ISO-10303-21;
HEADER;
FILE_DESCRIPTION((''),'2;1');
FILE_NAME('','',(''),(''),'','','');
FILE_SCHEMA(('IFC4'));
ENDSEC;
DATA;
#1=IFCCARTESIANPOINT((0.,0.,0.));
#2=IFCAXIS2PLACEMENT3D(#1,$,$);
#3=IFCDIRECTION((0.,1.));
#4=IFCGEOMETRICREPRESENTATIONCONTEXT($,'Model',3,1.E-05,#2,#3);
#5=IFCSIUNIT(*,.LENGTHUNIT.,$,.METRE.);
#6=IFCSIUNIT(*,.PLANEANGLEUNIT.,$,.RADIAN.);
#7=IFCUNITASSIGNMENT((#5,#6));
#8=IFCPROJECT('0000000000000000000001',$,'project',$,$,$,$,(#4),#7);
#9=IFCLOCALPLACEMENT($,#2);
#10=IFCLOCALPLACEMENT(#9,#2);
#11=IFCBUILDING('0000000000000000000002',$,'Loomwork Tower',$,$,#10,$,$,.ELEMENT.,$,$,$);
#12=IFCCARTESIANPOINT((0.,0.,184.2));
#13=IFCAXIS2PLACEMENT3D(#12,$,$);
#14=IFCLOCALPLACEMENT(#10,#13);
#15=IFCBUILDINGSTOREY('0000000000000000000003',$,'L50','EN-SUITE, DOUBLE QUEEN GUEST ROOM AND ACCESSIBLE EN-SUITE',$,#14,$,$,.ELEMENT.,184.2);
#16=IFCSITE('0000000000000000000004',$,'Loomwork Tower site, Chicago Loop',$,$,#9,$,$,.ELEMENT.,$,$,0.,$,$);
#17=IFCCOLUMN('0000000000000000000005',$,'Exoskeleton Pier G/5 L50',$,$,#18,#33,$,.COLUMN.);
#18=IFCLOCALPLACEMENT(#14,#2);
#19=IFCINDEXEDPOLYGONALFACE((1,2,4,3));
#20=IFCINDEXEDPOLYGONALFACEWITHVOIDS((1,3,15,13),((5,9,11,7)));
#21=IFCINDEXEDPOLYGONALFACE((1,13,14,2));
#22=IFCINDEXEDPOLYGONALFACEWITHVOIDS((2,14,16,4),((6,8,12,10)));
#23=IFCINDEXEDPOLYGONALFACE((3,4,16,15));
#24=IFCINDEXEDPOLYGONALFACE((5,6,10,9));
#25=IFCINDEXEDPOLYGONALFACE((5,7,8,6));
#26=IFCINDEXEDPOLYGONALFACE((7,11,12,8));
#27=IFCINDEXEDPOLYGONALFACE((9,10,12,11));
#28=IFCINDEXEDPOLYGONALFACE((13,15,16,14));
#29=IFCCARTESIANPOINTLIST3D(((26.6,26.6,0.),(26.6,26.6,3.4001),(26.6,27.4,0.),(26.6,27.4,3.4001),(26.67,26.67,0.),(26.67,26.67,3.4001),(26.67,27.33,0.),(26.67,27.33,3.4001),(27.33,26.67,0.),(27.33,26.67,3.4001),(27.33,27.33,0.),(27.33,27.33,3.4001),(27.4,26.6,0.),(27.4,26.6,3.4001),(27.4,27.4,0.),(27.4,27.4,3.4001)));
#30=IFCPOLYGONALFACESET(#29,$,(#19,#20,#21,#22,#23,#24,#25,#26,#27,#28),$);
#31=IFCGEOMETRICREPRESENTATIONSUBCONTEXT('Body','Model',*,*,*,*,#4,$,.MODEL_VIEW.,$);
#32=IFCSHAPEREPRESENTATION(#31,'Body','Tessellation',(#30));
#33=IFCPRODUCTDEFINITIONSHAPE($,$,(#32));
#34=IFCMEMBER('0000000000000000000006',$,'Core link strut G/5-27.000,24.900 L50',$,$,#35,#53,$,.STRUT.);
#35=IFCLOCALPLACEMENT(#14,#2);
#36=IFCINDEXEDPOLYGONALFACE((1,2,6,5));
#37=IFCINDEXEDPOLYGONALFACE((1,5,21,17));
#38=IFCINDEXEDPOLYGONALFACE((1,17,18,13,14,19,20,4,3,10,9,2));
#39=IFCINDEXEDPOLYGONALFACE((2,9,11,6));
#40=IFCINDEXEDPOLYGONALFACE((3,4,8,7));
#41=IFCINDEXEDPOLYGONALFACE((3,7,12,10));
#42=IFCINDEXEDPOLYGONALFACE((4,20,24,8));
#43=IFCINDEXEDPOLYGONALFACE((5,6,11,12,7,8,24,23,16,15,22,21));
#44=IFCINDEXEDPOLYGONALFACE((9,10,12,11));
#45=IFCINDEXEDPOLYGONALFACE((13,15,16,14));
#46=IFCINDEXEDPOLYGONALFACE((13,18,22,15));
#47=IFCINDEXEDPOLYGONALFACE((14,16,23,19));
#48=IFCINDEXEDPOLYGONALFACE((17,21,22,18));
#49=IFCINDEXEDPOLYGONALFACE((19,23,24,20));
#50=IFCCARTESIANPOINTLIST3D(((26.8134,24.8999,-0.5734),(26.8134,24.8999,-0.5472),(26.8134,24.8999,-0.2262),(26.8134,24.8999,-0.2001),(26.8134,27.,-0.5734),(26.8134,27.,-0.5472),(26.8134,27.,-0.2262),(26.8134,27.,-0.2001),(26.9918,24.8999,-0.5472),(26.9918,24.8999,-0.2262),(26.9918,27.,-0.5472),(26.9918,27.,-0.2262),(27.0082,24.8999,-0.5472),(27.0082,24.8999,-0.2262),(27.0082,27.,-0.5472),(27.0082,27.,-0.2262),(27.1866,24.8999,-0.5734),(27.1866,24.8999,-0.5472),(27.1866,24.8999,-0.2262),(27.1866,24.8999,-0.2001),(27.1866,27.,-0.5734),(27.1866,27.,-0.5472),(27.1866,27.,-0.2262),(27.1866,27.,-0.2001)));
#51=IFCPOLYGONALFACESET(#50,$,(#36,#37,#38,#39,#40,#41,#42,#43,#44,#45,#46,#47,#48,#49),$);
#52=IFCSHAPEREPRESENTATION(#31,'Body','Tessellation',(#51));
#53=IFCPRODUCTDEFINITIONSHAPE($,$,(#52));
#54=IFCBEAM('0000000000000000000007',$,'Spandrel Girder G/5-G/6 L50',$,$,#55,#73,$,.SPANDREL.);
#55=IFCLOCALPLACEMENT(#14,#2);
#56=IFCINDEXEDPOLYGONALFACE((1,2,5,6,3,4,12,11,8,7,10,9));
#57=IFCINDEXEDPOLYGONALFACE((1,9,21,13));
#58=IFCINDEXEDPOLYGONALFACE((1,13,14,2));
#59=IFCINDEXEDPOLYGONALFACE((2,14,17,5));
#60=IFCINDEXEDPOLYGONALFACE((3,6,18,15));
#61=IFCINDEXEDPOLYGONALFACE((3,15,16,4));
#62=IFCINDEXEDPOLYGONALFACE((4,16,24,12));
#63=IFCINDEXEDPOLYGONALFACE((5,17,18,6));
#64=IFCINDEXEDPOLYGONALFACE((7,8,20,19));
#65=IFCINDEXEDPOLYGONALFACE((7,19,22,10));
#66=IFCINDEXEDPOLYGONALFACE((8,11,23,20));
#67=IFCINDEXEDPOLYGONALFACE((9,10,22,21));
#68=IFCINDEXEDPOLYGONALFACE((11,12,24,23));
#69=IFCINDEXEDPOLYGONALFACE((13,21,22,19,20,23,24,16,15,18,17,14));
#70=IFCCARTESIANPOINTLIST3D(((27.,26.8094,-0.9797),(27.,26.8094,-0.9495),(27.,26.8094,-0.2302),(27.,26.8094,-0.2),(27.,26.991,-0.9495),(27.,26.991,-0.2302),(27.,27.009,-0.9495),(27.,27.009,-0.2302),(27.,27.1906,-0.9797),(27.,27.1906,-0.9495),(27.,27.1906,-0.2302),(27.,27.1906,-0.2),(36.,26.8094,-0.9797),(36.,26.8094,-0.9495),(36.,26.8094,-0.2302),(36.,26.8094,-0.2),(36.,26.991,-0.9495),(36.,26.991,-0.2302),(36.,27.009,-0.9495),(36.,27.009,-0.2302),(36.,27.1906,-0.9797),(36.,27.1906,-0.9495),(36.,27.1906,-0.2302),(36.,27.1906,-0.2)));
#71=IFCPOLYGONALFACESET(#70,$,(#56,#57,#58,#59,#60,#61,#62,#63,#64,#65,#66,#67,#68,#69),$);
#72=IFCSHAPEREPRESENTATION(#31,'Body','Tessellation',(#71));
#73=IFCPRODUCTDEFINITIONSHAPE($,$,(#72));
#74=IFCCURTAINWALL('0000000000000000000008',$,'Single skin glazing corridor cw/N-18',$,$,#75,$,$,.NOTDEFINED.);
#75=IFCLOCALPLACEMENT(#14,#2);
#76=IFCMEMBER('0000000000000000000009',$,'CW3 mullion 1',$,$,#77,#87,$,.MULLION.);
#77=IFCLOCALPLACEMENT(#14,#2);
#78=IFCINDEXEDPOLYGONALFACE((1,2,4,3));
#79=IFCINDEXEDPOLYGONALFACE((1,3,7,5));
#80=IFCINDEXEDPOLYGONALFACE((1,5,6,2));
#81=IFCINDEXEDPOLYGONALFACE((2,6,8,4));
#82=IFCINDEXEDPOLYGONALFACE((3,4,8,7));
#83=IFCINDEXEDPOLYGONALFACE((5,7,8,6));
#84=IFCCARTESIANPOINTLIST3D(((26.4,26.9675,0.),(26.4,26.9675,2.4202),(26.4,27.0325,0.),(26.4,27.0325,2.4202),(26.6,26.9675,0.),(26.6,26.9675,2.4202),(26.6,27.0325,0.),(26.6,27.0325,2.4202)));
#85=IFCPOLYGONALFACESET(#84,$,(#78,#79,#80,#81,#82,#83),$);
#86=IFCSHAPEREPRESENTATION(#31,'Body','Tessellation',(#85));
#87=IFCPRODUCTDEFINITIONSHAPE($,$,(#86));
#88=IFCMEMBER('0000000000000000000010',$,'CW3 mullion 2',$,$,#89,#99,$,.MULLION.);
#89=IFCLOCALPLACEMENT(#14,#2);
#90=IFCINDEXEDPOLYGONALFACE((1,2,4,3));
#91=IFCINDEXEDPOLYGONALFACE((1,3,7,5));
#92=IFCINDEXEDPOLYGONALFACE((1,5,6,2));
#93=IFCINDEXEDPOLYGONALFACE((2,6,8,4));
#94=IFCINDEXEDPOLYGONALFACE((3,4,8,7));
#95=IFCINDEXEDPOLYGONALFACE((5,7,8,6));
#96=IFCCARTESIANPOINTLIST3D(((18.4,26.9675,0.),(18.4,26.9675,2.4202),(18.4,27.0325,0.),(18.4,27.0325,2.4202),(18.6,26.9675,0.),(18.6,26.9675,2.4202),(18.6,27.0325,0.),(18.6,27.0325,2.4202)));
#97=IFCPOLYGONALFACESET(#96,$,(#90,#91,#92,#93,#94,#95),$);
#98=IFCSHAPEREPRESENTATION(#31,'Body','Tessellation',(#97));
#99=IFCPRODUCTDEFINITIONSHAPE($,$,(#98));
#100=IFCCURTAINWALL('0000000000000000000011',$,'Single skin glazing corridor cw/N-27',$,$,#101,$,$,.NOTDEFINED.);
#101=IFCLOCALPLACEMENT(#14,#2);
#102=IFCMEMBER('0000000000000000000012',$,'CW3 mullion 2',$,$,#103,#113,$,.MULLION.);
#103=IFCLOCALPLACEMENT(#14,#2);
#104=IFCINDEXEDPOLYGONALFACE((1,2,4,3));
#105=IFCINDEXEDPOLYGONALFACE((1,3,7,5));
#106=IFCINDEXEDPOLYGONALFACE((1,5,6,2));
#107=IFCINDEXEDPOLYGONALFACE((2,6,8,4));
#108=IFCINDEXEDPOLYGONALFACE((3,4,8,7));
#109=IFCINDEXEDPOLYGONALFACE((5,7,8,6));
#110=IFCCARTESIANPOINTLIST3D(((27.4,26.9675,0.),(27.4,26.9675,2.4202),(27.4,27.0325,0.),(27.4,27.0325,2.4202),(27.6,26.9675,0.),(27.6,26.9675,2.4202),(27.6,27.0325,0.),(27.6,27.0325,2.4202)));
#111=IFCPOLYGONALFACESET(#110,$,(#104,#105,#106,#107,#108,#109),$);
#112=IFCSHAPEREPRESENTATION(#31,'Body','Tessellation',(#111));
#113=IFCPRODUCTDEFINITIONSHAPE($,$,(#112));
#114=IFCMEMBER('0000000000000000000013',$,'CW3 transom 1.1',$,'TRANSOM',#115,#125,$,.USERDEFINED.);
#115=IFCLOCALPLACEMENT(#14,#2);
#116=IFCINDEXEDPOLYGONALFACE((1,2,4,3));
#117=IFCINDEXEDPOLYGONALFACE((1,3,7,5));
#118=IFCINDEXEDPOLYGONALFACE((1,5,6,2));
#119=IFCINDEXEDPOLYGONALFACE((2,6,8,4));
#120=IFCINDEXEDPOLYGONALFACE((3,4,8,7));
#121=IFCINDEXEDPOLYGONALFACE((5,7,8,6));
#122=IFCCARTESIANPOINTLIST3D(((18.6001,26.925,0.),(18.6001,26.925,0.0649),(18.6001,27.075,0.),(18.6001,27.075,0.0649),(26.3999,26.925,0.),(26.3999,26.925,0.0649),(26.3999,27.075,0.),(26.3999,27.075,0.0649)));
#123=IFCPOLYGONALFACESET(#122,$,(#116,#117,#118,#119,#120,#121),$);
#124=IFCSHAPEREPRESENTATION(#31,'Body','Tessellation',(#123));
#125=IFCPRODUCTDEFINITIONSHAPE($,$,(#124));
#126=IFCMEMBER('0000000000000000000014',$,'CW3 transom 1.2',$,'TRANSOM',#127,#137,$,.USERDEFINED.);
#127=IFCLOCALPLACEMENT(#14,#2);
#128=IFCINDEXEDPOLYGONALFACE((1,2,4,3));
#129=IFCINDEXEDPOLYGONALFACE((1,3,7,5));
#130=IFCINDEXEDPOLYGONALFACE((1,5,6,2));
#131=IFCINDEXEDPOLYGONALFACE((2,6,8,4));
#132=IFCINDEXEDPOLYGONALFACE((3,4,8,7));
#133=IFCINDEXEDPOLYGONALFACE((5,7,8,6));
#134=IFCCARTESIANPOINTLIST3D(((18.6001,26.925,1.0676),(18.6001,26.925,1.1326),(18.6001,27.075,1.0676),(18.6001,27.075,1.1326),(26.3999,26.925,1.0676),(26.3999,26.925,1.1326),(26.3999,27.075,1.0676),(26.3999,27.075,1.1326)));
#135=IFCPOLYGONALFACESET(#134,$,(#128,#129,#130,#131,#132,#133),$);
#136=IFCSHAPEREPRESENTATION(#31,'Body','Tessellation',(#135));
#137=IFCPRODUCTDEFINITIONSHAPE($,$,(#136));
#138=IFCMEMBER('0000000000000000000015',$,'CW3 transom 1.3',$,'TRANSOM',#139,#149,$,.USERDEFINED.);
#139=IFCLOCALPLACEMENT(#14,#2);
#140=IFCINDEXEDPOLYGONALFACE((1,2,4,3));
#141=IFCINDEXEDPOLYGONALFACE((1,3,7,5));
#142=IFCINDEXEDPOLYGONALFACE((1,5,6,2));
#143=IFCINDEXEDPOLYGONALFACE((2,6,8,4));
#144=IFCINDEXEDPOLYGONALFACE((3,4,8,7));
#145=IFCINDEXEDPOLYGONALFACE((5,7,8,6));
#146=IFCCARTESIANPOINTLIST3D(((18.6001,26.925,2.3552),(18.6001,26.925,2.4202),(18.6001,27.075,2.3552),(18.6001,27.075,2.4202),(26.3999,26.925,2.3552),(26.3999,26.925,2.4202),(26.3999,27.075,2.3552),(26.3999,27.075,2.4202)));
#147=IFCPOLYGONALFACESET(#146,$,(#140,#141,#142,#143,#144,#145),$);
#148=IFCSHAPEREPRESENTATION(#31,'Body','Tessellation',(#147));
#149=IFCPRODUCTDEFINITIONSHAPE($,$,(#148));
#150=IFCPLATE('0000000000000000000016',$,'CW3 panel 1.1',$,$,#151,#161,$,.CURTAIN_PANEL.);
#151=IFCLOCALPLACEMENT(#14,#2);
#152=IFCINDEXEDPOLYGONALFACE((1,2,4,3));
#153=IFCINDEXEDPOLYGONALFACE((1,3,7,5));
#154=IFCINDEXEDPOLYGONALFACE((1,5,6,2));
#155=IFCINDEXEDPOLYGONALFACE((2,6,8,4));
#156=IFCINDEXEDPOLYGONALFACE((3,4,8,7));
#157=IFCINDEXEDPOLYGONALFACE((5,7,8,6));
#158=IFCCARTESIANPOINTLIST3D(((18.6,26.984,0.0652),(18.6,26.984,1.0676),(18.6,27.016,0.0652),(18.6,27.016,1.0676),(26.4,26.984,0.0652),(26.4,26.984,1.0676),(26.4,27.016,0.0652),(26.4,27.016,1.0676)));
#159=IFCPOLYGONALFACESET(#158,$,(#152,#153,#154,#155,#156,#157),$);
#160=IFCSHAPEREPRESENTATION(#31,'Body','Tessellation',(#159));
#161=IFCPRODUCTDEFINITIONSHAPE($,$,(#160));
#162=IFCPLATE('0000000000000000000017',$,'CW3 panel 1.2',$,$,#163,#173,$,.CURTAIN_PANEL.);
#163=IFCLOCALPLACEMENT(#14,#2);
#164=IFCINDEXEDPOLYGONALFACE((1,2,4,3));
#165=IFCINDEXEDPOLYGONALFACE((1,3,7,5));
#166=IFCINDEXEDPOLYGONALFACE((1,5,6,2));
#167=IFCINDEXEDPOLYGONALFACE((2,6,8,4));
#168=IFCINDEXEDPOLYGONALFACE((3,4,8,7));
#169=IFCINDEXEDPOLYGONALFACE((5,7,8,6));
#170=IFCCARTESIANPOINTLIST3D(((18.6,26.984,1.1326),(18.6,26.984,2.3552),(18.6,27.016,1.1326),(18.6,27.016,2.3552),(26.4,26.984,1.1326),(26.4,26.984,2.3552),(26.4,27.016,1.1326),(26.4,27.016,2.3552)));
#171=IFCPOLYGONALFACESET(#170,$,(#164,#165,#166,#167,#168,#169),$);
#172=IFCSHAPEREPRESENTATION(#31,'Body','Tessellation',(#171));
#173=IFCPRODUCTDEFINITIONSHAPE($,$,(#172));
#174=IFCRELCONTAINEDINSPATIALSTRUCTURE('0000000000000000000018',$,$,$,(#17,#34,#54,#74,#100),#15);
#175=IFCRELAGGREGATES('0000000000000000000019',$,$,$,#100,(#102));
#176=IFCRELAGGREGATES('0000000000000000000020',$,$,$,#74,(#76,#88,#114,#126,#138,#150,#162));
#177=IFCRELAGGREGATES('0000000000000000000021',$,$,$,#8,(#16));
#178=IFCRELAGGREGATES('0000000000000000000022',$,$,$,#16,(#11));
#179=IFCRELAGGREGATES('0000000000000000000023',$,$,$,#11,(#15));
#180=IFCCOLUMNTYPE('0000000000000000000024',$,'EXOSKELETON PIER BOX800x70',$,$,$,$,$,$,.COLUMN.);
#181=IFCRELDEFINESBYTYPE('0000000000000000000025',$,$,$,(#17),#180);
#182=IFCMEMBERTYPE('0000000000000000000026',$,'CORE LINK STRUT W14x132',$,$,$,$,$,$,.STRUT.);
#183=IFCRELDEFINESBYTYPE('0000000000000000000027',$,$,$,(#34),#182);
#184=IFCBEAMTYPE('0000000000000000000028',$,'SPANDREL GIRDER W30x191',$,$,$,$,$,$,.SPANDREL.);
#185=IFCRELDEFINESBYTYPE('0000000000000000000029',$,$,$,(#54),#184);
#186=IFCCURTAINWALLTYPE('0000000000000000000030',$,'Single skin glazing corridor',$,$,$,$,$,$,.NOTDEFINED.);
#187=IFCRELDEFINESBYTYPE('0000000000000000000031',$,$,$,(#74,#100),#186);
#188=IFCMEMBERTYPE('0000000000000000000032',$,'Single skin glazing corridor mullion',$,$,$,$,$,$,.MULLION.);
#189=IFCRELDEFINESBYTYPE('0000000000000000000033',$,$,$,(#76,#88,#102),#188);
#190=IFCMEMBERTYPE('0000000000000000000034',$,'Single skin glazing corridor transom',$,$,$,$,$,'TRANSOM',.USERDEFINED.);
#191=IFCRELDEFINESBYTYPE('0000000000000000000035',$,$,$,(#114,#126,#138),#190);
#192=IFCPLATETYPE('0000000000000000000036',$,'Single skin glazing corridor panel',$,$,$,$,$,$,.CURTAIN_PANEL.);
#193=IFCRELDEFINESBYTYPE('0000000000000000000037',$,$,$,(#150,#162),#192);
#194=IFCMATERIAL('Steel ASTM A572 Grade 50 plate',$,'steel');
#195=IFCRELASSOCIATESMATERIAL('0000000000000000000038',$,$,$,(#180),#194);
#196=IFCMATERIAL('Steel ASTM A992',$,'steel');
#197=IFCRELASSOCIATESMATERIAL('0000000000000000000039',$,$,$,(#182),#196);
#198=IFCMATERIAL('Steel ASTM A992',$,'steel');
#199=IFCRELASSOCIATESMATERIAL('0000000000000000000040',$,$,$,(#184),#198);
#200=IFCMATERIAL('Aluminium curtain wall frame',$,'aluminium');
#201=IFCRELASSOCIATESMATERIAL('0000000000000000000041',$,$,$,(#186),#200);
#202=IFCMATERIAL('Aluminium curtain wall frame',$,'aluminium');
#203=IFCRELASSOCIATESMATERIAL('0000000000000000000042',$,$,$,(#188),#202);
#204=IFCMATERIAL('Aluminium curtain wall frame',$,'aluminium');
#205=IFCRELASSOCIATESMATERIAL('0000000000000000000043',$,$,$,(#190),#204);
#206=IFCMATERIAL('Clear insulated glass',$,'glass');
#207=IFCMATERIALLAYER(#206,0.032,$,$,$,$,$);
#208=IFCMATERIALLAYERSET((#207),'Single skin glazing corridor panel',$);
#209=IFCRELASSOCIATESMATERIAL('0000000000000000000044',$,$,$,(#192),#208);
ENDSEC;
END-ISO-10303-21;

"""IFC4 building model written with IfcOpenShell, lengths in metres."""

from ifc_helpers import new_model, si_unit, direction, frame, origin, origin_2d, place, context, subcontext, project, spatial, rectangle, hollow_rectangle, i_section, extrude, material, layer, layer_set, material_profile, profile_set, type_object, element, aggregate, save


model = new_model("IFC4")

# Units and contexts
model_context = context("Model", 3, precision=1e-05, world=origin(), true_north=direction((0.0, 1.0)))
body_context = subcontext(model_context, "Body", "Model", "MODEL_VIEW")
ifc_project = project(units=[si_unit("LENGTHUNIT", "METRE"), si_unit("PLANEANGLEUNIT", "RADIAN")], contexts=[model_context])

# Site, building, storey
site_placement = place(None, origin())
site = spatial("IfcSite", under=ifc_project, at=site_placement, Name="Loomwork Tower site, Chicago Loop", CompositionType="ELEMENT", RefElevation=0.0)
building_placement = place(site_placement, origin())
building = spatial("IfcBuilding", under=site, at=building_placement, Name="Loomwork Tower", CompositionType="ELEMENT")
storey_placement = place(building_placement, frame((0.0, 0.0, 184.2)))
storey = spatial("IfcBuildingStorey", under=building, at=storey_placement, Name="L50", Description="EN-SUITE, DOUBLE QUEEN GUEST ROOM AND ACCESSIBLE EN-SUITE", CompositionType="ELEMENT", Elevation=184.2)

# Column
ifc_material_1 = material(Name="Steel ASTM A572 Grade 50 plate", Category="steel")
ifc_material_profile_1 = material_profile(ifc_material_1, hollow_rectangle(XDim=0.8, YDim=0.8, WallThickness=0.0701, at=origin_2d()), Name="BOX800x70")
ifc_profile_set_1 = profile_set([ifc_material_profile_1], Name="Steel ASTM A572 Grade 50 plate")
column_type = type_object("IfcColumnType", Name="EXOSKELETON PIER BOX800x70", PredefinedType="COLUMN", material=ifc_profile_set_1)
column_placement = place(storey_placement, frame((27.0, 27.0, 0.0), z_axis=(0.0, 0.0, 1.0), x_axis=(1.0, 0.0, 0.0)))
element("IfcColumn", 1, at=column_placement, inside=storey, type_object=column_type, Name="Exoskeleton Pier G/5 L50", PredefinedType="COLUMN", context=body_context, shape_type="SweptSolid", body=[
    extrude(hollow_rectangle(XDim=0.8, YDim=0.8, WallThickness=0.0701, at=origin_2d()), origin(), (0.0, 0.0, 1.0), 3.4001),
])

# Member
ifc_material_2 = material(Name="Steel ASTM A992", Category="steel")
ifc_material_profile_2 = material_profile(ifc_material_2, i_section(OverallWidth=0.3733, OverallDepth=0.3733, WebThickness=0.0164, FlangeThickness=0.0261, at=origin_2d()), Name="W14x132")
ifc_profile_set_2 = profile_set([ifc_material_profile_2], Name="Steel ASTM A992")
member_type_1 = type_object("IfcMemberType", Name="CORE LINK STRUT W14x132", PredefinedType="STRUT", material=ifc_profile_set_2)
member_1_placement = place(storey_placement, frame((27.0, 27.0, -0.3867), z_axis=(0.0, -1.0, 0.0), x_axis=(1.0, 0.0, 0.0)))
element("IfcMember", 2, at=member_1_placement, inside=storey, type_object=member_type_1, Name="Core link strut G/5-27.000,24.900 L50", PredefinedType="STRUT", context=body_context, shape_type="SweptSolid", body=[
    extrude(i_section(OverallWidth=0.3733, OverallDepth=0.3733, WebThickness=0.0164, FlangeThickness=0.0261, at=origin_2d()), origin(), (0.0, 0.0, 1.0), 2.1001),
])

# Beam
ifc_material_3 = material(Name="Steel ASTM A992", Category="steel")
ifc_material_profile_3 = material_profile(ifc_material_3, i_section(OverallWidth=0.3811, OverallDepth=0.7798, WebThickness=0.0181, FlangeThickness=0.0303, at=origin_2d()), Name="W30x191")
ifc_profile_set_3 = profile_set([ifc_material_profile_3], Name="Steel ASTM A992")
beam_type = type_object("IfcBeamType", Name="SPANDREL GIRDER W30x191", PredefinedType="SPANDREL", material=ifc_profile_set_3)
beam_placement = place(storey_placement, frame((27.0, 27.0, -0.5898), z_axis=(1.0, 0.0, 0.0), x_axis=(0.0, 1.0, 0.0)))
element("IfcBeam", 3, at=beam_placement, inside=storey, type_object=beam_type, Name="Spandrel Girder G/5-G/6 L50", PredefinedType="SPANDREL", context=body_context, shape_type="SweptSolid", body=[
    extrude(i_section(OverallWidth=0.3811, OverallDepth=0.7798, WebThickness=0.0181, FlangeThickness=0.0303, at=origin_2d()), origin(), (0.0, 0.0, 1.0), 9.0),
])

# Curtain wall, members
ifc_material_4 = material(Name="Aluminium curtain wall frame", Category="aluminium")
curtain_wall_type = type_object("IfcCurtainWallType", Name="Single skin glazing corridor", PredefinedType="NOTDEFINED", material=ifc_material_4)
curtain_wall_1_placement = place(storey_placement, origin())
curtain_wall_1 = element("IfcCurtainWall", 4, at=curtain_wall_1_placement, inside=storey, type_object=curtain_wall_type, Name="Single skin glazing corridor cw/N-18", PredefinedType="NOTDEFINED")
ifc_material_5 = material(Name="Aluminium curtain wall frame", Category="aluminium")
ifc_material_profile_4 = material_profile(ifc_material_5, rectangle(XDim=0.0649, YDim=0.2, at=origin_2d()), Name="AL 65x200")
ifc_profile_set_4 = profile_set([ifc_material_profile_4], Name="Aluminium curtain wall frame")
member_type_2 = type_object("IfcMemberType", Name="Single skin glazing corridor mullion", PredefinedType="MULLION", material=ifc_profile_set_4)
member_2_placement = place(storey_placement, frame((26.5, 27.0, 0.0), z_axis=(0.0, 0.0, 1.0), x_axis=(0.0, -1.0, 0.0)))
member_2 = element("IfcMember", 5, at=member_2_placement, type_object=member_type_2, Name="CW3 mullion 1", PredefinedType="MULLION", context=body_context, shape_type="SweptSolid", body=[
    extrude(rectangle(XDim=0.0649, YDim=0.2, at=origin_2d()), origin(), (0.0, 0.0, 1.0), 2.4202),
])
member_3_placement = place(storey_placement, frame((18.5, 27.0, 0.0), z_axis=(0.0, 0.0, 1.0), x_axis=(0.0, -1.0, 0.0)))
member_3 = element("IfcMember", 6, at=member_3_placement, type_object=member_type_2, Name="CW3 mullion 2", PredefinedType="MULLION", context=body_context, shape_type="SweptSolid", body=[
    extrude(rectangle(XDim=0.0649, YDim=0.2, at=origin_2d()), origin(), (0.0, 0.0, 1.0), 2.4202),
])

# Curtain wall, member
curtain_wall_2_placement = place(storey_placement, origin())
curtain_wall_2 = element("IfcCurtainWall", 7, at=curtain_wall_2_placement, inside=storey, type_object=curtain_wall_type, Name="Single skin glazing corridor cw/N-27", PredefinedType="NOTDEFINED")
member_4_placement = place(storey_placement, frame((27.5, 27.0, 0.0), z_axis=(0.0, 0.0, 1.0), x_axis=(0.0, -1.0, 0.0)))
member_4 = element("IfcMember", 8, at=member_4_placement, type_object=member_type_2, Name="CW3 mullion 2", PredefinedType="MULLION", context=body_context, shape_type="SweptSolid", body=[
    extrude(rectangle(XDim=0.0649, YDim=0.2, at=origin_2d()), origin(), (0.0, 0.0, 1.0), 2.4202),
])
aggregate(curtain_wall_2, [member_4])

# Members
ifc_material_6 = material(Name="Aluminium curtain wall frame", Category="aluminium")
ifc_material_profile_5 = material_profile(ifc_material_6, rectangle(XDim=0.1499, YDim=0.0649, at=origin_2d()), Name="AL 65x150")
ifc_profile_set_5 = profile_set([ifc_material_profile_5], Name="Aluminium curtain wall frame")
member_type_3 = type_object("IfcMemberType", Name="Single skin glazing corridor transom", ElementType="TRANSOM", PredefinedType="USERDEFINED", material=ifc_profile_set_5)
member_5_placement = place(storey_placement, frame((26.3999, 27.0, 0.0325), z_axis=(-1.0, 0.0, 0.0), x_axis=(0.0, -1.0, 0.0)))
member_5 = element("IfcMember", 9, at=member_5_placement, type_object=member_type_3, Name="CW3 transom 1.1", ObjectType="TRANSOM", PredefinedType="USERDEFINED", context=body_context, shape_type="SweptSolid", body=[
    extrude(rectangle(XDim=0.1499, YDim=0.0649, at=origin_2d()), origin(), (0.0, 0.0, 1.0), 7.7998),
])
member_6_placement = place(storey_placement, frame((26.3999, 27.0, 1.1001), z_axis=(-1.0, 0.0, 0.0), x_axis=(0.0, -1.0, 0.0)))
member_6 = element("IfcMember", 10, at=member_6_placement, type_object=member_type_3, Name="CW3 transom 1.2", ObjectType="TRANSOM", PredefinedType="USERDEFINED", context=body_context, shape_type="SweptSolid", body=[
    extrude(rectangle(XDim=0.1499, YDim=0.0649, at=origin_2d()), origin(), (0.0, 0.0, 1.0), 7.7998),
])
member_7_placement = place(storey_placement, frame((26.3999, 27.0, 2.3877), z_axis=(-1.0, 0.0, 0.0), x_axis=(0.0, -1.0, 0.0)))
member_7 = element("IfcMember", 11, at=member_7_placement, type_object=member_type_3, Name="CW3 transom 1.3", ObjectType="TRANSOM", PredefinedType="USERDEFINED", context=body_context, shape_type="SweptSolid", body=[
    extrude(rectangle(XDim=0.1499, YDim=0.0649, at=origin_2d()), origin(), (0.0, 0.0, 1.0), 7.7998),
])

# Plates
ifc_material_7 = material(Name="Clear insulated glass", Category="glass")
ifc_layer_1 = layer(ifc_material_7, 0.032)
ifc_layer_set_1 = layer_set([ifc_layer_1], Name="Single skin glazing corridor panel")
plate_type = type_object("IfcPlateType", Name="Single skin glazing corridor panel", PredefinedType="CURTAIN_PANEL", material=ifc_layer_set_1)
plate_1_placement = place(storey_placement, frame((22.5, 27.0, 0.0652), z_axis=(0.0, 0.0, 1.0), x_axis=(-1.0, 0.0, 0.0)))
plate_1 = element("IfcPlate", 12, at=plate_1_placement, type_object=plate_type, Name="CW3 panel 1.1", PredefinedType="CURTAIN_PANEL", context=body_context, shape_type="SweptSolid", body=[
    extrude(rectangle(XDim=7.8, YDim=0.032, at=origin_2d()), origin(), (0.0, 0.0, 1.0), 1.0024),
])
plate_2_placement = place(storey_placement, frame((22.5, 27.0, 1.1326), z_axis=(0.0, 0.0, 1.0), x_axis=(-1.0, 0.0, 0.0)))
plate_2 = element("IfcPlate", 13, at=plate_2_placement, type_object=plate_type, Name="CW3 panel 1.2", PredefinedType="CURTAIN_PANEL", context=body_context, shape_type="SweptSolid", body=[
    extrude(rectangle(XDim=7.8, YDim=0.032, at=origin_2d()), origin(), (0.0, 0.0, 1.0), 1.2227),
])
aggregate(curtain_wall_1, [member_2, member_3, member_5, member_6, member_7, plate_1, plate_2])

save(model, "model.ifc")
